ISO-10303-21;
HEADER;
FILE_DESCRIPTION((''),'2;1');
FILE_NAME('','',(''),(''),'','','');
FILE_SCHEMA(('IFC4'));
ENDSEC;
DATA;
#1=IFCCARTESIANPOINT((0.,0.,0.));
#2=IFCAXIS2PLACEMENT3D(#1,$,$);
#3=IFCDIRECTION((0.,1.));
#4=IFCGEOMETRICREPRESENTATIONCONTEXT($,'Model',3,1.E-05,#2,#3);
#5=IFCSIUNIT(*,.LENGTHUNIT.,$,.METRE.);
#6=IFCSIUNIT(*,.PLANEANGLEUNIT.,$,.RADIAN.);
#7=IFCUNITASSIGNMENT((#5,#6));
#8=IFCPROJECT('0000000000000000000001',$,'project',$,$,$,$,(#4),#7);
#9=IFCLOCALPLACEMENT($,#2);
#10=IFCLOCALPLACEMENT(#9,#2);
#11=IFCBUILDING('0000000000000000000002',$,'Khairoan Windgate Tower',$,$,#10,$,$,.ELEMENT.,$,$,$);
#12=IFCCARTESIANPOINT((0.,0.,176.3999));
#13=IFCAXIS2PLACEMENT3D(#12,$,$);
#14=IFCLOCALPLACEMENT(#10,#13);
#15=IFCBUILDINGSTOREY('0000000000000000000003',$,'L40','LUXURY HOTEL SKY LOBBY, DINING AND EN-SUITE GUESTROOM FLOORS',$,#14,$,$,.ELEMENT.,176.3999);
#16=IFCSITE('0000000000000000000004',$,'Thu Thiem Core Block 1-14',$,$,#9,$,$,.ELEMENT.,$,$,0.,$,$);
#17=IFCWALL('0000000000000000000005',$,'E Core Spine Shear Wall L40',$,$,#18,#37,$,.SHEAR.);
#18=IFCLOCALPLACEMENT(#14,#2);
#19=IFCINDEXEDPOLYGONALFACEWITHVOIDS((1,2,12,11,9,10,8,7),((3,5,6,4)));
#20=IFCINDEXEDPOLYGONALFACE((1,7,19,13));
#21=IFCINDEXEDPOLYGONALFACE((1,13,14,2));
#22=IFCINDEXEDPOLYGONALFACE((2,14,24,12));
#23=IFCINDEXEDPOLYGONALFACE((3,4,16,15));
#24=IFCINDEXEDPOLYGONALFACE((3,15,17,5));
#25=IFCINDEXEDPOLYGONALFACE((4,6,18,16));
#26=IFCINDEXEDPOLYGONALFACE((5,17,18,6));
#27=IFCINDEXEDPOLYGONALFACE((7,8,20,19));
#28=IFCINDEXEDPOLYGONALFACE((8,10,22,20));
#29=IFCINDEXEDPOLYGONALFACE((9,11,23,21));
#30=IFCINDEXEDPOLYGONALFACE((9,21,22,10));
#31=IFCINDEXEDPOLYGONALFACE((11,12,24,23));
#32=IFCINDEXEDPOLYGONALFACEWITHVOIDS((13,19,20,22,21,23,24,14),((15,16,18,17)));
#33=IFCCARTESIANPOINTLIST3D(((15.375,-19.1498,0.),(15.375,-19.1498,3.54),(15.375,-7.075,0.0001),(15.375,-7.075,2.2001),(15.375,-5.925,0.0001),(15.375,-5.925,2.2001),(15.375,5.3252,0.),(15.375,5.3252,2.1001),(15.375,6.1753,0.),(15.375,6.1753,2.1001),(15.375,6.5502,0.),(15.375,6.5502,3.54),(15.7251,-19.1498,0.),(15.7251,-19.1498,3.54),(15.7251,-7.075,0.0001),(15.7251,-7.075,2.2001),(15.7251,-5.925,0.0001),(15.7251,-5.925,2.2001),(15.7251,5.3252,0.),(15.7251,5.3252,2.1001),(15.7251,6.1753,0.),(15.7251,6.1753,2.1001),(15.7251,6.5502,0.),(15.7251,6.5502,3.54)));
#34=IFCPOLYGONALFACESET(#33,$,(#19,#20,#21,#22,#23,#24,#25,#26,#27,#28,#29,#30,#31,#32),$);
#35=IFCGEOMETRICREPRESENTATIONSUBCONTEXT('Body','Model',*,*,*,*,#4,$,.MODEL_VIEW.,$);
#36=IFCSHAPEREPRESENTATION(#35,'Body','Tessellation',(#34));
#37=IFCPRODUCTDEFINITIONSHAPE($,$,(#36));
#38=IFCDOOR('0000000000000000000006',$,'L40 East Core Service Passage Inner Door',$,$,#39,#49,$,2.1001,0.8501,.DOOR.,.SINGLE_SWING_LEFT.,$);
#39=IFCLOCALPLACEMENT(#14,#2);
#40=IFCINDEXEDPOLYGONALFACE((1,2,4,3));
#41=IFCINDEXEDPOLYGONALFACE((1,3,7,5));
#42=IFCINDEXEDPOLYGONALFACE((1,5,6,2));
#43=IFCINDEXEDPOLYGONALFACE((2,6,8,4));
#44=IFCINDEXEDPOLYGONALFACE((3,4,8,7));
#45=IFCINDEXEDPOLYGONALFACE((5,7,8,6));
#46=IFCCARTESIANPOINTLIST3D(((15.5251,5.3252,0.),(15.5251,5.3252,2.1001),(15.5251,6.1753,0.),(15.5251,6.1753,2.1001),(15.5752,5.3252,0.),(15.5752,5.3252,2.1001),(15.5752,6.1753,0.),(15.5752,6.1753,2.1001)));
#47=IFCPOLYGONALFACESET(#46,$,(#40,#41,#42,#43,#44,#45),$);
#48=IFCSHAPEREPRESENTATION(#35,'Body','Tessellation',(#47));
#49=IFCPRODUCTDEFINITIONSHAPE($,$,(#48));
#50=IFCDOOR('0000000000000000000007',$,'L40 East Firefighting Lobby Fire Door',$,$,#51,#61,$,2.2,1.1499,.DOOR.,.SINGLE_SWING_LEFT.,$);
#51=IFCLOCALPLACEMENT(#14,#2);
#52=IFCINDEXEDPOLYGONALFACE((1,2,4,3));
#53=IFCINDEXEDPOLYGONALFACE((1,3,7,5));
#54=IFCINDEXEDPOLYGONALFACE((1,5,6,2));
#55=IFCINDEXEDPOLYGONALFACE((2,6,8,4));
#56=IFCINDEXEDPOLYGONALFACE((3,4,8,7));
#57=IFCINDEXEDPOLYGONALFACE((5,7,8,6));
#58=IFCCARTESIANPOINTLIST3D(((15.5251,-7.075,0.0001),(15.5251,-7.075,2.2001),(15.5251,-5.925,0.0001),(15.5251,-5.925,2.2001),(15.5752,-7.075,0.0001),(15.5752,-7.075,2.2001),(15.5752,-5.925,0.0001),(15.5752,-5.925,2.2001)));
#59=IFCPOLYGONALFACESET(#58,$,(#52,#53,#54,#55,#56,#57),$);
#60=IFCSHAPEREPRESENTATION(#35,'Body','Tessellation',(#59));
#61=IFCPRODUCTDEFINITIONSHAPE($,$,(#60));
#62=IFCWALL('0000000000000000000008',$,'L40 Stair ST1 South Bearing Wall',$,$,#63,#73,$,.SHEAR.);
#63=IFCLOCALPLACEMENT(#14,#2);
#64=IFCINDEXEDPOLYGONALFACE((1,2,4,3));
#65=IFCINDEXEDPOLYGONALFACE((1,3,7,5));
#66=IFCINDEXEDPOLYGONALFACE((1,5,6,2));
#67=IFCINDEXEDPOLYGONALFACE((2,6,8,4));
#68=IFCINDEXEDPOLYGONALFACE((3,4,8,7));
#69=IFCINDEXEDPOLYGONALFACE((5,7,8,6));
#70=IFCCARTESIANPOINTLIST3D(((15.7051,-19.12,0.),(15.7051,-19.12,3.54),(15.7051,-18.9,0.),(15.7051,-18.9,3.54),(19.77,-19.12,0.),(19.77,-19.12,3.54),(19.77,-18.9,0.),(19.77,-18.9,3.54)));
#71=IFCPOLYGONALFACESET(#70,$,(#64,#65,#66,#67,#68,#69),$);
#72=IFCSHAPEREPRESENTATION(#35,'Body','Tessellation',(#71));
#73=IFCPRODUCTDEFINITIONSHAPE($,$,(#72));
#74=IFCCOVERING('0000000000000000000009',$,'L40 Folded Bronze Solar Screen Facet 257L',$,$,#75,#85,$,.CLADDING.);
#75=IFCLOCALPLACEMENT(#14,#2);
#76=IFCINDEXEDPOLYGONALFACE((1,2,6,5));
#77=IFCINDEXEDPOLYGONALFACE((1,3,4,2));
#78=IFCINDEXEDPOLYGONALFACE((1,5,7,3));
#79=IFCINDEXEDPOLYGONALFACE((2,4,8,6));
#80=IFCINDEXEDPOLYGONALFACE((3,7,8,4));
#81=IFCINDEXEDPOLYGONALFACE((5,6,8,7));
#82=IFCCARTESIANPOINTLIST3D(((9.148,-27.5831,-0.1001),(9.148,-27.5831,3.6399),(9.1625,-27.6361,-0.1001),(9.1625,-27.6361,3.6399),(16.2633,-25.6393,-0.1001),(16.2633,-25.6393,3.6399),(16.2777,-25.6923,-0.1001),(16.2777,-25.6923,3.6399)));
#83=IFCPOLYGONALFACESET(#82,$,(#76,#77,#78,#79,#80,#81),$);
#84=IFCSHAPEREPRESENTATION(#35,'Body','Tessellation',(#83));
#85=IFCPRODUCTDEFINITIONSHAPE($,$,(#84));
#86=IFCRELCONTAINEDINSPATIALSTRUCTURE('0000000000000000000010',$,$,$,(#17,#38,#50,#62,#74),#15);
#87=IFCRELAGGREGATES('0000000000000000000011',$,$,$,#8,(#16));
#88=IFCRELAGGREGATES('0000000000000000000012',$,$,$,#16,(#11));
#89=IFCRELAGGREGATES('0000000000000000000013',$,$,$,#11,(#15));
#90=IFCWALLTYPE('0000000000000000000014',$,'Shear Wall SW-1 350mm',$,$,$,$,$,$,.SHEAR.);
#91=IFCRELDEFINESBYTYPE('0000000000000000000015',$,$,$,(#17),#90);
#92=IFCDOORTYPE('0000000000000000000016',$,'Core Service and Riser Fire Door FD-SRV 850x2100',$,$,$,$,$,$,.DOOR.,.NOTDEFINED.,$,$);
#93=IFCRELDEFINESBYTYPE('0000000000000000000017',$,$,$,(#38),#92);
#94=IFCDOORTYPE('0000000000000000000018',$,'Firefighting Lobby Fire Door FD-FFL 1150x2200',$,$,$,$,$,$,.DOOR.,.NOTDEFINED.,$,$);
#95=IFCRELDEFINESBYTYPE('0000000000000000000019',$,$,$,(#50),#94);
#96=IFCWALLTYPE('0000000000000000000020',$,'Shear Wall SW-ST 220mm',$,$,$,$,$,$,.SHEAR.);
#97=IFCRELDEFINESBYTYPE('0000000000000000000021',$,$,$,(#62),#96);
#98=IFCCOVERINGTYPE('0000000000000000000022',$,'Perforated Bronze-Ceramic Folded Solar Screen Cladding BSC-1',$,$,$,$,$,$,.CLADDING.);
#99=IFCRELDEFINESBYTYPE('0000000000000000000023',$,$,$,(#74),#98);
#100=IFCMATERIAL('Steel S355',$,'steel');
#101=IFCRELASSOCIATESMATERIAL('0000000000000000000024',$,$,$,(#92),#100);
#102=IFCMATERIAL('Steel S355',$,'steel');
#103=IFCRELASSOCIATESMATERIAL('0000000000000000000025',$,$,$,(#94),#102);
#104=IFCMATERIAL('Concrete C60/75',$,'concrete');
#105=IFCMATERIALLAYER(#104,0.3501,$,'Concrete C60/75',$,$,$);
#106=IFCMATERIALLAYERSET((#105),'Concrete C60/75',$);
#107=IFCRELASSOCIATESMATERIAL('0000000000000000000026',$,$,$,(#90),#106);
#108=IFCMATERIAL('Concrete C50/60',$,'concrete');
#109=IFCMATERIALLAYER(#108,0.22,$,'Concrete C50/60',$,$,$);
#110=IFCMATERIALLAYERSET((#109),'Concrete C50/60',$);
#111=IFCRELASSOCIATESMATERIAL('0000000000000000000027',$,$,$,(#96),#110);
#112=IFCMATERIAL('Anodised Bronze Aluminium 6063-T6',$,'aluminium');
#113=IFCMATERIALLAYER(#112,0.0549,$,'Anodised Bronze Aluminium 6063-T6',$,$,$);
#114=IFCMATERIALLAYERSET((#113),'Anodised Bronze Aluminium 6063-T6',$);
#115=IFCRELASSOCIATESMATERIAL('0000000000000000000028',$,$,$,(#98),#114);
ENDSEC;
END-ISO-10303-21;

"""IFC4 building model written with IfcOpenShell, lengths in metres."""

from ifc_helpers import new_model, si_unit, direction, frame, frame_2d, origin, origin_2d, place, context, subcontext, project, spatial, rectangle, extrude, material, layer, layer_set, type_object, element, fill, save


model = new_model("IFC4")

# Units and contexts
model_context = context("Model", 3, precision=1e-05, world=origin(), true_north=direction((0.0, 1.0)))
body_context = subcontext(model_context, "Body", "Model", "MODEL_VIEW")
ifc_project = project(units=[si_unit("LENGTHUNIT", "METRE"), si_unit("PLANEANGLEUNIT", "RADIAN")], contexts=[model_context])

# Site, building, storey
site_placement = place(None, origin())
site = spatial("IfcSite", under=ifc_project, at=site_placement, Name="Thu Thiem Core Block 1-14", CompositionType="ELEMENT", RefElevation=0.0)
building_placement = place(site_placement, origin())
building = spatial("IfcBuilding", under=site, at=building_placement, Name="Khairoan Windgate Tower", CompositionType="ELEMENT")
storey_placement = place(building_placement, frame((0.0, 0.0, 176.3999)))
storey = spatial("IfcBuildingStorey", under=building, at=storey_placement, Name="L40", Description="LUXURY HOTEL SKY LOBBY, DINING AND EN-SUITE GUESTROOM FLOORS", CompositionType="ELEMENT", Elevation=176.3999)

# Shared definitions
ifc_material_1 = material(Name="Steel S355", Category="steel")
door_type_1 = type_object("IfcDoorType", Name="Core Service and Riser Fire Door FD-SRV 850x2100", OperationType="NOTDEFINED", PredefinedType="DOOR", material=ifc_material_1)
ifc_material_2 = material(Name="Steel S355", Category="steel")
door_type_2 = type_object("IfcDoorType", Name="Firefighting Lobby Fire Door FD-FFL 1150x2200", OperationType="NOTDEFINED", PredefinedType="DOOR", material=ifc_material_2)

# Wall, openings, doors
ifc_material_3 = material(Name="Concrete C60/75", Category="concrete")
ifc_layer_1 = layer(ifc_material_3, 0.3501, Name="Concrete C60/75")
ifc_layer_set_1 = layer_set([ifc_layer_1], Name="Concrete C60/75")
wall_type_1 = type_object("IfcWallType", Name="Shear Wall SW-1 350mm", PredefinedType="SHEAR", material=ifc_layer_set_1)
wall_1_placement = place(storey_placement, frame((15.55, -19.1499, 0.0), z_axis=(0.0, 0.0, 1.0), x_axis=(0.0, 1.0, 0.0)))
wall_1 = element("IfcWall", 1, at=wall_1_placement, inside=storey, type_object=wall_type_1, Name="E Core Spine Shear Wall L40", PredefinedType="SHEAR", context=body_context, shape_type="SweptSolid", body=[
    extrude(rectangle(XDim=25.7, YDim=0.3501, at=frame_2d((12.8501, 0.0))), origin(), (0.0, 0.0, 1.0), 3.54),
])
opening_1_placement = place(wall_1_placement, frame((12.075, 0.0, 0.0)))
opening_1 = element("IfcOpeningElement", 2, at=opening_1_placement, cuts=wall_1, PredefinedType="OPENING", context=body_context, shape_type="SweptSolid", body=[
    extrude(rectangle(XDim=1.1499, YDim=2.2, at=frame_2d((0.575, 1.1001))), frame((0.0, 0.1851, 0.0), z_axis=(0.0, -1.0, 0.0), x_axis=(1.0, 0.0, 0.0)), (0.0, 0.0, 1.0), 0.3701),
])
opening_2_placement = place(wall_1_placement, frame((24.4751, 0.0, 0.0)))
opening_2 = element("IfcOpeningElement", 3, at=opening_2_placement, cuts=wall_1, PredefinedType="OPENING", context=body_context, shape_type="SweptSolid", body=[
    extrude(rectangle(XDim=0.8501, YDim=2.1001, at=frame_2d((0.425, 1.05))), frame((0.0, 0.1851, 0.0), z_axis=(0.0, -1.0, 0.0), x_axis=(1.0, 0.0, 0.0)), (0.0, 0.0, 1.0), 0.3701),
])
door_1_placement = place(opening_2_placement, origin())
door_1 = element("IfcDoor", 4, at=door_1_placement, inside=storey, type_object=door_type_1, Name="L40 East Core Service Passage Inner Door", OperationType="SINGLE_SWING_LEFT", OverallHeight=2.1001, OverallWidth=0.8501, PredefinedType="DOOR", context=body_context, shape_type="SweptSolid", body=[
    extrude(rectangle(XDim=0.8501, YDim=2.1001, at=frame_2d((0.425, 1.05))), frame((0.0, 0.0249, 0.0), z_axis=(0.0, -1.0, 0.0), x_axis=(1.0, 0.0, 0.0)), (0.0, 0.0, 1.0), 0.05),
])
fill(opening_2, door_1)
door_2_placement = place(opening_1_placement, origin())
door_2 = element("IfcDoor", 5, at=door_2_placement, inside=storey, type_object=door_type_2, Name="L40 East Firefighting Lobby Fire Door", OperationType="SINGLE_SWING_LEFT", OverallHeight=2.2, OverallWidth=1.1499, PredefinedType="DOOR", context=body_context, shape_type="SweptSolid", body=[
    extrude(rectangle(XDim=1.1499, YDim=2.2, at=frame_2d((0.575, 1.1001))), frame((0.0, 0.0249, 0.0), z_axis=(0.0, -1.0, 0.0), x_axis=(1.0, 0.0, 0.0)), (0.0, 0.0, 1.0), 0.05),
])
fill(opening_1, door_2)

# Wall
ifc_material_4 = material(Name="Concrete C50/60", Category="concrete")
ifc_layer_2 = layer(ifc_material_4, 0.22, Name="Concrete C50/60")
ifc_layer_set_2 = layer_set([ifc_layer_2], Name="Concrete C50/60")
wall_type_2 = type_object("IfcWallType", Name="Shear Wall SW-ST 220mm", PredefinedType="SHEAR", material=ifc_layer_set_2)
wall_2_placement = place(storey_placement, frame((15.7051, -19.01, 0.0), z_axis=(0.0, 0.0, 1.0), x_axis=(1.0, 0.0, 0.0)))
element("IfcWall", 6, at=wall_2_placement, inside=storey, type_object=wall_type_2, Name="L40 Stair ST1 South Bearing Wall", PredefinedType="SHEAR", context=body_context, shape_type="SweptSolid", body=[
    extrude(rectangle(XDim=4.0649, YDim=0.22, at=frame_2d((2.0325, 0.0))), origin(), (0.0, 0.0, 1.0), 3.54),
])

# Covering
ifc_material_5 = material(Name="Anodised Bronze Aluminium 6063-T6", Category="aluminium")
ifc_layer_3 = layer(ifc_material_5, 0.0549, Name="Anodised Bronze Aluminium 6063-T6")
ifc_layer_set_3 = layer_set([ifc_layer_3], Name="Anodised Bronze Aluminium 6063-T6")
covering_type = type_object("IfcCoveringType", Name="Perforated Bronze-Ceramic Folded Solar Screen Cladding BSC-1", PredefinedType="CLADDING", material=ifc_layer_set_3)
covering_placement = place(storey_placement, frame((12.7129, -26.6377, -0.1001), z_axis=(0.0, 0.0, 1.0), x_axis=(-0.964649, -0.263536, 0.0)))
element("IfcCovering", 7, at=covering_placement, inside=storey, type_object=covering_type, Name="L40 Folded Bronze Solar Screen Facet 257L", PredefinedType="CLADDING", context=body_context, shape_type="SweptSolid", body=[
    extrude(rectangle(XDim=7.376, YDim=0.0549, at=origin_2d()), origin(), (0.0, 0.0, 1.0), 3.74),
])

save(model, "model.ifc")
